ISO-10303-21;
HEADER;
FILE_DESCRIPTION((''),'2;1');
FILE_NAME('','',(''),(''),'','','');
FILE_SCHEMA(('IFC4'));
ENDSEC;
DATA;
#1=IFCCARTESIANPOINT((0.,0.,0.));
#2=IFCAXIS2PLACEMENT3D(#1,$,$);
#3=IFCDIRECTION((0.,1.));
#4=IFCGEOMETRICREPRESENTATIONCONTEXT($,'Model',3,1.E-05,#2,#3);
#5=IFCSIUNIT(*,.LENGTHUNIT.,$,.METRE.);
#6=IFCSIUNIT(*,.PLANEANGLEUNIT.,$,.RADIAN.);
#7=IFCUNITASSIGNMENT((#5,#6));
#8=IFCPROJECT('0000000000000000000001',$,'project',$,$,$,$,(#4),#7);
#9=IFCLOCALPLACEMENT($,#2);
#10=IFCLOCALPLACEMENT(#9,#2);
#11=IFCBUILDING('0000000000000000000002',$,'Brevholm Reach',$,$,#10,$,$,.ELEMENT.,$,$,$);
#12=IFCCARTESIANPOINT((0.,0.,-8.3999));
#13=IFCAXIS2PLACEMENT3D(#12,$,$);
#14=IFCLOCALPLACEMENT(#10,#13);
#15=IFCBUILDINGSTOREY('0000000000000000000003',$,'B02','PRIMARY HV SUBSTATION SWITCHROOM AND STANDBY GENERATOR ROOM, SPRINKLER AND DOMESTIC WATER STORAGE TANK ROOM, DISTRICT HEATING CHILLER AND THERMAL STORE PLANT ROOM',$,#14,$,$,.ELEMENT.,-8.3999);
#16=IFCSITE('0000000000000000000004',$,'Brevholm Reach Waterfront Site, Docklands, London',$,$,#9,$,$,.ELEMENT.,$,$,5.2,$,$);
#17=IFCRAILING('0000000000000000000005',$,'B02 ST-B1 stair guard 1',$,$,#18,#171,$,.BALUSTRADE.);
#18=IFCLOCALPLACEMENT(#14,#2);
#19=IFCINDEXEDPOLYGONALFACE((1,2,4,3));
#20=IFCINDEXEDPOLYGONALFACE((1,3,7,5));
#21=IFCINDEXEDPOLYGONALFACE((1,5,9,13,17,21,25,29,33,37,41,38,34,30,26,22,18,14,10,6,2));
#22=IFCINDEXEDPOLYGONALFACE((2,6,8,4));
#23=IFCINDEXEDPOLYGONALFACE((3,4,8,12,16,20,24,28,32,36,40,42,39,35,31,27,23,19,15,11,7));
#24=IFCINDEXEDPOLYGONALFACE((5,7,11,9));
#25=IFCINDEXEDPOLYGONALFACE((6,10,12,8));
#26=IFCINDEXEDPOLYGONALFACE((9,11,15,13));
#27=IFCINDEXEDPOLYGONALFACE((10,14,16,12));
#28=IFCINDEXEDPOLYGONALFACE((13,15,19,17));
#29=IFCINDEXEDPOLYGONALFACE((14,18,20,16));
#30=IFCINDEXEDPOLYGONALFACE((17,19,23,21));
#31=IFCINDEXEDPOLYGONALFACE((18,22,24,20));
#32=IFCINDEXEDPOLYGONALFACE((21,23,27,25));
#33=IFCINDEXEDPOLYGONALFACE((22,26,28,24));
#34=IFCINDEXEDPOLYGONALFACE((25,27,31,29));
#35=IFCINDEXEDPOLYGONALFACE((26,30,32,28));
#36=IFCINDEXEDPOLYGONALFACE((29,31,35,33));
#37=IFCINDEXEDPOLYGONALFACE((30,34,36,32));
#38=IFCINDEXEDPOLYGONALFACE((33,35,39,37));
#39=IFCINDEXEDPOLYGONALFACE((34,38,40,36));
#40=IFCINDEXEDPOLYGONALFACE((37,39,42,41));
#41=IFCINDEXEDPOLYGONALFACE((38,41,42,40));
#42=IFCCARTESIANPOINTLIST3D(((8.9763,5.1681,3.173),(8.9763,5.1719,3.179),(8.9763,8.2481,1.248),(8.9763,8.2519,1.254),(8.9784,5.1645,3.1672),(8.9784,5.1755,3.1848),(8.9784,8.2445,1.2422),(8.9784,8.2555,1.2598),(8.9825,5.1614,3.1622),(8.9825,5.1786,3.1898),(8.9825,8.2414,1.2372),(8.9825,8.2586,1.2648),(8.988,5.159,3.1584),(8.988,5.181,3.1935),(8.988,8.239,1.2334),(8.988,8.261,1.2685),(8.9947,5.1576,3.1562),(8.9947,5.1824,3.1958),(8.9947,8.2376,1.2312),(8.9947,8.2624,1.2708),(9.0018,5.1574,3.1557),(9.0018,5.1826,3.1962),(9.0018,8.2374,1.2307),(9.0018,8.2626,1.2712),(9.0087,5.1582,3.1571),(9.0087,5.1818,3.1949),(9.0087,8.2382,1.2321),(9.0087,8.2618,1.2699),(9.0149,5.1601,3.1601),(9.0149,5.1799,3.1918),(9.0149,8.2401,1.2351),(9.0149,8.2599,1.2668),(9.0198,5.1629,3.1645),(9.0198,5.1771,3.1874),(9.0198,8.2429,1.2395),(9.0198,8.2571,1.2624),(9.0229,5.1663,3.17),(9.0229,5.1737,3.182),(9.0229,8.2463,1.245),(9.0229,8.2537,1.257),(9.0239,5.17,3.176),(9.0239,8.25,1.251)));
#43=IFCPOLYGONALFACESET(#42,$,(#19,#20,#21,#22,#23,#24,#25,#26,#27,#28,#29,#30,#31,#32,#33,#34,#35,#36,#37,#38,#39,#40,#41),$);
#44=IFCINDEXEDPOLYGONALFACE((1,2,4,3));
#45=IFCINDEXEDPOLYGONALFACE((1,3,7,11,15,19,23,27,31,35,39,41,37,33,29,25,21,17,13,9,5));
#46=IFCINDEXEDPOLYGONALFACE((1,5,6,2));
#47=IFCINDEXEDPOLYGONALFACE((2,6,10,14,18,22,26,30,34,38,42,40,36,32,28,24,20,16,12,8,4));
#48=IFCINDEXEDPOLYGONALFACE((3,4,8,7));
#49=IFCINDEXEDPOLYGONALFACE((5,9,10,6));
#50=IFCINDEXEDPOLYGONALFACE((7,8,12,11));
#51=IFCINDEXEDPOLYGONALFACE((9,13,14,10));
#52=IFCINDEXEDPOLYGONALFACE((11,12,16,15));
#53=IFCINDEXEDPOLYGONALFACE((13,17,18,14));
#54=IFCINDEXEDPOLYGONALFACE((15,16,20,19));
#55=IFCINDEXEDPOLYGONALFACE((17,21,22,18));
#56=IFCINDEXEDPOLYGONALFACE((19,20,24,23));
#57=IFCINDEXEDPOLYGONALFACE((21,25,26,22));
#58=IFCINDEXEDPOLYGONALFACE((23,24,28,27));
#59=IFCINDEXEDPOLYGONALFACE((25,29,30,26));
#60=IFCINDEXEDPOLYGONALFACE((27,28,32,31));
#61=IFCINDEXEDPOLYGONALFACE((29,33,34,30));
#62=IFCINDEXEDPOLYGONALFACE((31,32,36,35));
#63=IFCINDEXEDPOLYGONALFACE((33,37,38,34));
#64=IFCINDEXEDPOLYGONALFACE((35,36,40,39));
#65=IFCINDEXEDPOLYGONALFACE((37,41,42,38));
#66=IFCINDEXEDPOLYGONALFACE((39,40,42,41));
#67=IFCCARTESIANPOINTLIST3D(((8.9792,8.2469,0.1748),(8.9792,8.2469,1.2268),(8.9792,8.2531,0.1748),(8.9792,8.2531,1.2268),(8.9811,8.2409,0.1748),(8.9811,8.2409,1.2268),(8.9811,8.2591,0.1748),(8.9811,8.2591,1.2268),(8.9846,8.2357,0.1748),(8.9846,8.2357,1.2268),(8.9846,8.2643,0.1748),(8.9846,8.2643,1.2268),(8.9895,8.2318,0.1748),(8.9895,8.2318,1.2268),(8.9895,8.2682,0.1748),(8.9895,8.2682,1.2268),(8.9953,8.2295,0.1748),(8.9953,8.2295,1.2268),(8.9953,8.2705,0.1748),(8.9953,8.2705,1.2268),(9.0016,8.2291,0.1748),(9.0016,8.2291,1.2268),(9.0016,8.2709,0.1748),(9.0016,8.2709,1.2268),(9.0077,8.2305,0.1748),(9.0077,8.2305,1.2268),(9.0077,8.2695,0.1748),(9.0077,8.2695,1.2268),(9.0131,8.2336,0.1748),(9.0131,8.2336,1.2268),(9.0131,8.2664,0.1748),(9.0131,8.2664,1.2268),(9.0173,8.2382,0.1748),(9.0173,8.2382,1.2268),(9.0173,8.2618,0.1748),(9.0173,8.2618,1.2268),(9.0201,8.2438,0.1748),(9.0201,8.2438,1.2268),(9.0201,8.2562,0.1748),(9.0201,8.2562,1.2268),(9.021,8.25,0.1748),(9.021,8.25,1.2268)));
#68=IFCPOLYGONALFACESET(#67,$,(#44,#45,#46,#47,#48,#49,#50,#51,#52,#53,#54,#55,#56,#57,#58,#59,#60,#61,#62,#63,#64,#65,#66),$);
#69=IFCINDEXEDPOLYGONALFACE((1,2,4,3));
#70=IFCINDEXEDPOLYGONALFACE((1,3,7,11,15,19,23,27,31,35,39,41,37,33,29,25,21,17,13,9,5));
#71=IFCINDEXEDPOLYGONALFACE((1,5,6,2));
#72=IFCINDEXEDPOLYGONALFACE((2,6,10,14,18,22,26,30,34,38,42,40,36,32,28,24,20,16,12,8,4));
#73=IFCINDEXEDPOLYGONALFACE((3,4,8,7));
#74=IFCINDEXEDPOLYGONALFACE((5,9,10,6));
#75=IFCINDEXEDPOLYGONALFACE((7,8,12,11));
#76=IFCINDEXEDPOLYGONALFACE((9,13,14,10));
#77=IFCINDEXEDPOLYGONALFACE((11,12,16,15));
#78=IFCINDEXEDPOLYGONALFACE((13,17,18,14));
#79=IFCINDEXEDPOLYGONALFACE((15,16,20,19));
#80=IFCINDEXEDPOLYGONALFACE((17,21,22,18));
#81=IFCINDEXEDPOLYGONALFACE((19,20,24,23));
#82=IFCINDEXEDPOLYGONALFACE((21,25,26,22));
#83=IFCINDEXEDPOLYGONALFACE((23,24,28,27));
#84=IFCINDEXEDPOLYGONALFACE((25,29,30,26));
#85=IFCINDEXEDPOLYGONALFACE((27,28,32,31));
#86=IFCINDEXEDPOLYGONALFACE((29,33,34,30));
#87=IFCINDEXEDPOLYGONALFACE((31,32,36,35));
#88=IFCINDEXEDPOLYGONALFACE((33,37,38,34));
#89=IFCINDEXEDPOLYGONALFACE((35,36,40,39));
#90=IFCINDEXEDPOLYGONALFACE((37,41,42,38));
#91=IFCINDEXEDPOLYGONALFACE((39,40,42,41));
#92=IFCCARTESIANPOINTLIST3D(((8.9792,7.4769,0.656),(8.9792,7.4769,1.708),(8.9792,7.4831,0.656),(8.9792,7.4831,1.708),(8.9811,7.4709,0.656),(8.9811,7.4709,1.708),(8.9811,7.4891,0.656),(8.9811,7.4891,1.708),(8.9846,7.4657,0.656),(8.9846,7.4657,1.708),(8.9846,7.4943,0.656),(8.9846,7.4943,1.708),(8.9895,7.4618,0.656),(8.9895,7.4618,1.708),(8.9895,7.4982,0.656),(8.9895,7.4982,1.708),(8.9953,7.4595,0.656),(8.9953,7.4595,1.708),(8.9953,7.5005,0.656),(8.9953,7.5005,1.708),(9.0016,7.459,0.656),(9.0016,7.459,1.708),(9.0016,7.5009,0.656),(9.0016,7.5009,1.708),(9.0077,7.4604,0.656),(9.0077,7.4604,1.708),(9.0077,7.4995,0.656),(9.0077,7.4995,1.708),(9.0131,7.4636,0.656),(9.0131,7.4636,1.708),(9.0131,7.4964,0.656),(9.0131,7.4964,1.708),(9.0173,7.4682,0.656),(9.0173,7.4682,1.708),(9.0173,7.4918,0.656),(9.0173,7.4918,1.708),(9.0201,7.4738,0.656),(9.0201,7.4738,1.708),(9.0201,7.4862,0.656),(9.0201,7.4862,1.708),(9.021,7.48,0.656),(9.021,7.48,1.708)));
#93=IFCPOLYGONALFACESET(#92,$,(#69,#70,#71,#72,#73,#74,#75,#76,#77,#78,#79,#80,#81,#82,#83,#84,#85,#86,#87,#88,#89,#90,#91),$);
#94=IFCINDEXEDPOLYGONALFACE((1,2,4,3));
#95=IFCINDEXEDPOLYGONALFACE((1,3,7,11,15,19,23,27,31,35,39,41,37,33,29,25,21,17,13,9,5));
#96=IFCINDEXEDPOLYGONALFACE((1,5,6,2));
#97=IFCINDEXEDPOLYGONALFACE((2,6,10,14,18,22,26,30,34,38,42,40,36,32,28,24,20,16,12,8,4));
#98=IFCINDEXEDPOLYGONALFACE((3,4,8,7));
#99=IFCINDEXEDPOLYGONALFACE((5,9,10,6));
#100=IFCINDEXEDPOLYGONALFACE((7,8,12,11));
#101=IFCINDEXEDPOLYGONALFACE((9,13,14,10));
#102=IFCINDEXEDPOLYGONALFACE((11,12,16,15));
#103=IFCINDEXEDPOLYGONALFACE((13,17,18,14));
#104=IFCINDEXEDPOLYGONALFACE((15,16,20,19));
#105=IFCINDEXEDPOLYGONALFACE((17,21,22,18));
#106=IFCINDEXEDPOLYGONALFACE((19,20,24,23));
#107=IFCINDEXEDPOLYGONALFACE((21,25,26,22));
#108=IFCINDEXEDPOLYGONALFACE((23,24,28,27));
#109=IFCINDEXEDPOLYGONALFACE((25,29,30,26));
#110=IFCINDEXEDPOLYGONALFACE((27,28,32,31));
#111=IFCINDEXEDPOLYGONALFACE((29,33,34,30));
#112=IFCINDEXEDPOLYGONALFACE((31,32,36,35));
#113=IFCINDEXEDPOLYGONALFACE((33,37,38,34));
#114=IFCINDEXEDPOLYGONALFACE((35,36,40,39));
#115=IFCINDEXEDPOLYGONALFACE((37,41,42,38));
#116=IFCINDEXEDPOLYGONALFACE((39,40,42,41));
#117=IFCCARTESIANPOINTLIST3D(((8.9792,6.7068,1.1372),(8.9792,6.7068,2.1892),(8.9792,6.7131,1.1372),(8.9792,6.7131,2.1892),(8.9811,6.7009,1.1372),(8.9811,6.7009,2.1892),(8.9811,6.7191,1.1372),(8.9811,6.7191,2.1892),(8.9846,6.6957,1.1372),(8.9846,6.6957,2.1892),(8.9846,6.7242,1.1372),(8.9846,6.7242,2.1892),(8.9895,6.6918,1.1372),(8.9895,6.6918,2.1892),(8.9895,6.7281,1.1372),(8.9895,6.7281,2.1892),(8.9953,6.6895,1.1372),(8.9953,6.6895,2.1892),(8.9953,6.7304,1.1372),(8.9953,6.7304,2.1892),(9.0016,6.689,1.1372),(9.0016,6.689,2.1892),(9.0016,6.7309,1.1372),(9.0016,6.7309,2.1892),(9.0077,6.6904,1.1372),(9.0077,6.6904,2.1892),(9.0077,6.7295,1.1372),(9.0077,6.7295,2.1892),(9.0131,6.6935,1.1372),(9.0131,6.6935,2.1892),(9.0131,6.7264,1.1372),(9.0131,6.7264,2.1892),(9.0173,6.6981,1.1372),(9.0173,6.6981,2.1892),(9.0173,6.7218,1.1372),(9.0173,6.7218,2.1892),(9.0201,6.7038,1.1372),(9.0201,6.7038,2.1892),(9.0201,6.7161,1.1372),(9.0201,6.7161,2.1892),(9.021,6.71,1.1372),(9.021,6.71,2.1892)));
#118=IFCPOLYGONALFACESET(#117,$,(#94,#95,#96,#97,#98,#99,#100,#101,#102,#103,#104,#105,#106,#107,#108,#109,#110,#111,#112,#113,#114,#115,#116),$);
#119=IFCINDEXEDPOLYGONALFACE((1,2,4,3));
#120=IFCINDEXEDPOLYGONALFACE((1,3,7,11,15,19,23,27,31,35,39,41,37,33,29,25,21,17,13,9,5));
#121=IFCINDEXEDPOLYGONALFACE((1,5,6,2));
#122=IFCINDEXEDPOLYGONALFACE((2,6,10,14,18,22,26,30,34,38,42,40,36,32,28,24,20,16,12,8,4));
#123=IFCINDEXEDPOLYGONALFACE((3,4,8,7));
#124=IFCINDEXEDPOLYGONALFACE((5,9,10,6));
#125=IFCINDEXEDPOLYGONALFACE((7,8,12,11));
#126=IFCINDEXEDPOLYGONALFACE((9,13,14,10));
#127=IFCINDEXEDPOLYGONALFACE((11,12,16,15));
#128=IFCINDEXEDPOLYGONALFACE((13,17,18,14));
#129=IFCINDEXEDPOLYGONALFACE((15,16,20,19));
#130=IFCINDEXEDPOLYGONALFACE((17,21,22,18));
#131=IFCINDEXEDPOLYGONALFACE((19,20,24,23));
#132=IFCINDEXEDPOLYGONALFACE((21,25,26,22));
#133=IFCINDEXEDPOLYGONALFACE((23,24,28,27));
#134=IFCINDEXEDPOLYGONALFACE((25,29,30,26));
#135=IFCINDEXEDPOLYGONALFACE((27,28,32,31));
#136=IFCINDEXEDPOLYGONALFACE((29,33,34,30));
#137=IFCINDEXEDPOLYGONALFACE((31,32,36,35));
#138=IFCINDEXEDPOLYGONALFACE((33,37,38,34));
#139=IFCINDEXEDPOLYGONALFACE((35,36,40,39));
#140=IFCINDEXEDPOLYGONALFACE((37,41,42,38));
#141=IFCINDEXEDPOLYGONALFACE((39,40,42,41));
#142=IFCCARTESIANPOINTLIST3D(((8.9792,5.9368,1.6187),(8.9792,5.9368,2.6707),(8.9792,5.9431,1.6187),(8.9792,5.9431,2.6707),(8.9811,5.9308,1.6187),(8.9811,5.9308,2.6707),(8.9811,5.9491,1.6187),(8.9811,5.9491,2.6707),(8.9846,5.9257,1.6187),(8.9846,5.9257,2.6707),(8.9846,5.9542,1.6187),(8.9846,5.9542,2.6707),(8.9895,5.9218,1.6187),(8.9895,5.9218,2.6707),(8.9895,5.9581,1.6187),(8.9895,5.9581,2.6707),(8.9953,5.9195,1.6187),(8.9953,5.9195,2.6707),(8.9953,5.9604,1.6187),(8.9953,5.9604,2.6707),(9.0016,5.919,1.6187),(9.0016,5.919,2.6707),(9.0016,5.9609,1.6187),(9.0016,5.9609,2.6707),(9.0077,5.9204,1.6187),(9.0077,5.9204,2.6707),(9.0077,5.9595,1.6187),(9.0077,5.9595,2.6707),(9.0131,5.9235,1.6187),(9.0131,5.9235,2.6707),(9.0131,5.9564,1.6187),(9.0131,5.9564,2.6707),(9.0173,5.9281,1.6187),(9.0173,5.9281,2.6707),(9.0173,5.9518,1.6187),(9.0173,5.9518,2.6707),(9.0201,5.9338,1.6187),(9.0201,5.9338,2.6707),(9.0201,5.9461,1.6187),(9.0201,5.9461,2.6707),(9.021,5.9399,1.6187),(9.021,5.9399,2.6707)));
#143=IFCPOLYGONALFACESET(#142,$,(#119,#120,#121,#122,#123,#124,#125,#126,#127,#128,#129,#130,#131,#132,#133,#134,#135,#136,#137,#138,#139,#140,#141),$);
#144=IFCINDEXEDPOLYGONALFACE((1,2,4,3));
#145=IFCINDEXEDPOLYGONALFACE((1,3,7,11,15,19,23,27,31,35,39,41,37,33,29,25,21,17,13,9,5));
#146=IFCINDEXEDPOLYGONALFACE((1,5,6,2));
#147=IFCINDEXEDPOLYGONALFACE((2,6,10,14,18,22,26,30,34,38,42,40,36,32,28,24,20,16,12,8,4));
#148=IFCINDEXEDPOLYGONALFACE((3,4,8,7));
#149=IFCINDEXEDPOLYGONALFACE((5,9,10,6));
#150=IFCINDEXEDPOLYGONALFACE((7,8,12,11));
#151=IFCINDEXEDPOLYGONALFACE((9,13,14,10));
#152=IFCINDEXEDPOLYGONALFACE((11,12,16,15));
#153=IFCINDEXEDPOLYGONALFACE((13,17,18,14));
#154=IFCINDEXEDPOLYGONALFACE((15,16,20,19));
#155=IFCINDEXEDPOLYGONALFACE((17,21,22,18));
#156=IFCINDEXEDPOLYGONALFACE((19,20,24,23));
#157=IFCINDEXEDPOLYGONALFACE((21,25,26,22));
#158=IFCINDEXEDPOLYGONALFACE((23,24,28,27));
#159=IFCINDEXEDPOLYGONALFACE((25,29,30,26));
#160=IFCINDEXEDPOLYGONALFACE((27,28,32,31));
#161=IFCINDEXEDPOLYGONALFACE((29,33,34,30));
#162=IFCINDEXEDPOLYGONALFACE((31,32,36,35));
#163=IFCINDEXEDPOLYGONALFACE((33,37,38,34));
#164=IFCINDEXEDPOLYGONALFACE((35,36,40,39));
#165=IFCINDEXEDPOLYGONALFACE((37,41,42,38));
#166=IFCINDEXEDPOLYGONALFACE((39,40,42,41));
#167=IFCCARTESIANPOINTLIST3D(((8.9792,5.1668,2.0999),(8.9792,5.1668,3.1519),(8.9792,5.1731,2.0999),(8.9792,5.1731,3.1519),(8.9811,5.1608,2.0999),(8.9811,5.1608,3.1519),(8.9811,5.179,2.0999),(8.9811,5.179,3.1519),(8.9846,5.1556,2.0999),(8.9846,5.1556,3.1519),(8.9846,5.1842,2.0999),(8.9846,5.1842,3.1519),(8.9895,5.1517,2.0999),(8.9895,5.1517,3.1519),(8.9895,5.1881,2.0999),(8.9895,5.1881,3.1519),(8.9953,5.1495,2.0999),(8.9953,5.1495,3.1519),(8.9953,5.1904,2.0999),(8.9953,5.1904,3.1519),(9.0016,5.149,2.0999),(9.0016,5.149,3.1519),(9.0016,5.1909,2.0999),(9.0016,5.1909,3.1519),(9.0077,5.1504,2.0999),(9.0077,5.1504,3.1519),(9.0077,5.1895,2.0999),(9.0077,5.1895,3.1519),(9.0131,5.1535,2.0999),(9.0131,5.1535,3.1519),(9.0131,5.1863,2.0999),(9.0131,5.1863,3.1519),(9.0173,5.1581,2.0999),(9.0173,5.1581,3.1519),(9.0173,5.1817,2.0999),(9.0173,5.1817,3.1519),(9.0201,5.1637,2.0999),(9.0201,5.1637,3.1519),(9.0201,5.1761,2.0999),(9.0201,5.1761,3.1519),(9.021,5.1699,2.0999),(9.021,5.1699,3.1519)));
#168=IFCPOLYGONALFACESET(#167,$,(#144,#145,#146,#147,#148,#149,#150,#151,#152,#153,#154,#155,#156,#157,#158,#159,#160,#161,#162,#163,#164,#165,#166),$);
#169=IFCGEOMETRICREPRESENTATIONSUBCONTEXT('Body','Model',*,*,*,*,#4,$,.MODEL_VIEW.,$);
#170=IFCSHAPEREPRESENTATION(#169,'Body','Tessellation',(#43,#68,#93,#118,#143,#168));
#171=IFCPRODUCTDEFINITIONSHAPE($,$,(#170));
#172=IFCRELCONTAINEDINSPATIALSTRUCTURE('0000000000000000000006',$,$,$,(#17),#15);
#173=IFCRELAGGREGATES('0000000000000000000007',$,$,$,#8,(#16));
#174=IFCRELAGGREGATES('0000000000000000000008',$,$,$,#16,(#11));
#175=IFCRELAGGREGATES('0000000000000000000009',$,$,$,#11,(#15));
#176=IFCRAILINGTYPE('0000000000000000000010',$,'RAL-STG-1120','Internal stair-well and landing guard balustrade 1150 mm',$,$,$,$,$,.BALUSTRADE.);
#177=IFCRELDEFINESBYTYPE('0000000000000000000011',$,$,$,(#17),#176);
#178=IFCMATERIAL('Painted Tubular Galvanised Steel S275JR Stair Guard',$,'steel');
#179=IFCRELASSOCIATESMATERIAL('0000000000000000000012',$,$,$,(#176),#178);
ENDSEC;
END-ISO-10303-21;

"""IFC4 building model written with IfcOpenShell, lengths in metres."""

from ifc_helpers import new_model, si_unit, direction, frame, origin, origin_2d, place, context, subcontext, project, spatial, circle, extrude, material, type_object, element, save


model = new_model("IFC4")

# Units and contexts
model_context = context("Model", 3, precision=1e-05, world=origin(), true_north=direction((0.0, 1.0)))
body_context = subcontext(model_context, "Body", "Model", "MODEL_VIEW")
ifc_project = project(units=[si_unit("LENGTHUNIT", "METRE"), si_unit("PLANEANGLEUNIT", "RADIAN")], contexts=[model_context])

# Site, building, storey
site_placement = place(None, origin())
site = spatial("IfcSite", under=ifc_project, at=site_placement, Name="Brevholm Reach Waterfront Site, Docklands, London", CompositionType="ELEMENT", RefElevation=5.2)
building_placement = place(site_placement, origin())
building = spatial("IfcBuilding", under=site, at=building_placement, Name="Brevholm Reach", CompositionType="ELEMENT")
storey_placement = place(building_placement, frame((0.0, 0.0, -8.3999)))
storey = spatial("IfcBuildingStorey", under=building, at=storey_placement, Name="B02", Description="PRIMARY HV SUBSTATION SWITCHROOM AND STANDBY GENERATOR ROOM, SPRINKLER AND DOMESTIC WATER STORAGE TANK ROOM, DISTRICT HEATING CHILLER AND THERMAL STORE PLANT ROOM", CompositionType="ELEMENT", Elevation=-8.3999)

# Railing
ifc_material_1 = material(Name="Painted Tubular Galvanised Steel S275JR Stair Guard", Category="steel")
railing_type_1 = type_object("IfcRailingType", Name="RAL-STG-1120", Description="Internal stair-well and landing guard balustrade 1150 mm", PredefinedType="BALUSTRADE", material=ifc_material_1)
railing_1_placement = place(storey_placement, frame((9.0, 8.25, 0.1748)))
element("IfcRailing", 1, at=railing_1_placement, inside=storey, type_object=railing_type_1, Name="B02 ST-B1 stair guard 1", PredefinedType="BALUSTRADE", context=body_context, shape_type="SweptSolid", body=[
    extrude(circle(Radius=0.0239, at=origin_2d()), frame((0.0, 0.0, 1.0762), z_axis=(0.0, -0.847998, 0.529999), x_axis=(1.0, 0.0, 0.0)), (0.0, 0.0, 1.0), 3.6321),
    extrude(circle(Radius=0.021, at=origin_2d()), origin(), (0.0, 0.0, 1.0), 1.052),
    extrude(circle(Radius=0.021, at=origin_2d()), frame((0.0, -0.77, 0.4812)), (0.0, 0.0, 1.0), 1.052),
    extrude(circle(Radius=0.021, at=origin_2d()), frame((0.0, -1.54, 0.9624)), (0.0, 0.0, 1.0), 1.052),
    extrude(circle(Radius=0.021, at=origin_2d()), frame((0.0, -2.3101, 1.4438)), (0.0, 0.0, 1.0), 1.052),
    extrude(circle(Radius=0.021, at=origin_2d()), frame((0.0, -3.0801, 1.925)), (0.0, 0.0, 1.0), 1.052),
])

save(model, "model.ifc")
